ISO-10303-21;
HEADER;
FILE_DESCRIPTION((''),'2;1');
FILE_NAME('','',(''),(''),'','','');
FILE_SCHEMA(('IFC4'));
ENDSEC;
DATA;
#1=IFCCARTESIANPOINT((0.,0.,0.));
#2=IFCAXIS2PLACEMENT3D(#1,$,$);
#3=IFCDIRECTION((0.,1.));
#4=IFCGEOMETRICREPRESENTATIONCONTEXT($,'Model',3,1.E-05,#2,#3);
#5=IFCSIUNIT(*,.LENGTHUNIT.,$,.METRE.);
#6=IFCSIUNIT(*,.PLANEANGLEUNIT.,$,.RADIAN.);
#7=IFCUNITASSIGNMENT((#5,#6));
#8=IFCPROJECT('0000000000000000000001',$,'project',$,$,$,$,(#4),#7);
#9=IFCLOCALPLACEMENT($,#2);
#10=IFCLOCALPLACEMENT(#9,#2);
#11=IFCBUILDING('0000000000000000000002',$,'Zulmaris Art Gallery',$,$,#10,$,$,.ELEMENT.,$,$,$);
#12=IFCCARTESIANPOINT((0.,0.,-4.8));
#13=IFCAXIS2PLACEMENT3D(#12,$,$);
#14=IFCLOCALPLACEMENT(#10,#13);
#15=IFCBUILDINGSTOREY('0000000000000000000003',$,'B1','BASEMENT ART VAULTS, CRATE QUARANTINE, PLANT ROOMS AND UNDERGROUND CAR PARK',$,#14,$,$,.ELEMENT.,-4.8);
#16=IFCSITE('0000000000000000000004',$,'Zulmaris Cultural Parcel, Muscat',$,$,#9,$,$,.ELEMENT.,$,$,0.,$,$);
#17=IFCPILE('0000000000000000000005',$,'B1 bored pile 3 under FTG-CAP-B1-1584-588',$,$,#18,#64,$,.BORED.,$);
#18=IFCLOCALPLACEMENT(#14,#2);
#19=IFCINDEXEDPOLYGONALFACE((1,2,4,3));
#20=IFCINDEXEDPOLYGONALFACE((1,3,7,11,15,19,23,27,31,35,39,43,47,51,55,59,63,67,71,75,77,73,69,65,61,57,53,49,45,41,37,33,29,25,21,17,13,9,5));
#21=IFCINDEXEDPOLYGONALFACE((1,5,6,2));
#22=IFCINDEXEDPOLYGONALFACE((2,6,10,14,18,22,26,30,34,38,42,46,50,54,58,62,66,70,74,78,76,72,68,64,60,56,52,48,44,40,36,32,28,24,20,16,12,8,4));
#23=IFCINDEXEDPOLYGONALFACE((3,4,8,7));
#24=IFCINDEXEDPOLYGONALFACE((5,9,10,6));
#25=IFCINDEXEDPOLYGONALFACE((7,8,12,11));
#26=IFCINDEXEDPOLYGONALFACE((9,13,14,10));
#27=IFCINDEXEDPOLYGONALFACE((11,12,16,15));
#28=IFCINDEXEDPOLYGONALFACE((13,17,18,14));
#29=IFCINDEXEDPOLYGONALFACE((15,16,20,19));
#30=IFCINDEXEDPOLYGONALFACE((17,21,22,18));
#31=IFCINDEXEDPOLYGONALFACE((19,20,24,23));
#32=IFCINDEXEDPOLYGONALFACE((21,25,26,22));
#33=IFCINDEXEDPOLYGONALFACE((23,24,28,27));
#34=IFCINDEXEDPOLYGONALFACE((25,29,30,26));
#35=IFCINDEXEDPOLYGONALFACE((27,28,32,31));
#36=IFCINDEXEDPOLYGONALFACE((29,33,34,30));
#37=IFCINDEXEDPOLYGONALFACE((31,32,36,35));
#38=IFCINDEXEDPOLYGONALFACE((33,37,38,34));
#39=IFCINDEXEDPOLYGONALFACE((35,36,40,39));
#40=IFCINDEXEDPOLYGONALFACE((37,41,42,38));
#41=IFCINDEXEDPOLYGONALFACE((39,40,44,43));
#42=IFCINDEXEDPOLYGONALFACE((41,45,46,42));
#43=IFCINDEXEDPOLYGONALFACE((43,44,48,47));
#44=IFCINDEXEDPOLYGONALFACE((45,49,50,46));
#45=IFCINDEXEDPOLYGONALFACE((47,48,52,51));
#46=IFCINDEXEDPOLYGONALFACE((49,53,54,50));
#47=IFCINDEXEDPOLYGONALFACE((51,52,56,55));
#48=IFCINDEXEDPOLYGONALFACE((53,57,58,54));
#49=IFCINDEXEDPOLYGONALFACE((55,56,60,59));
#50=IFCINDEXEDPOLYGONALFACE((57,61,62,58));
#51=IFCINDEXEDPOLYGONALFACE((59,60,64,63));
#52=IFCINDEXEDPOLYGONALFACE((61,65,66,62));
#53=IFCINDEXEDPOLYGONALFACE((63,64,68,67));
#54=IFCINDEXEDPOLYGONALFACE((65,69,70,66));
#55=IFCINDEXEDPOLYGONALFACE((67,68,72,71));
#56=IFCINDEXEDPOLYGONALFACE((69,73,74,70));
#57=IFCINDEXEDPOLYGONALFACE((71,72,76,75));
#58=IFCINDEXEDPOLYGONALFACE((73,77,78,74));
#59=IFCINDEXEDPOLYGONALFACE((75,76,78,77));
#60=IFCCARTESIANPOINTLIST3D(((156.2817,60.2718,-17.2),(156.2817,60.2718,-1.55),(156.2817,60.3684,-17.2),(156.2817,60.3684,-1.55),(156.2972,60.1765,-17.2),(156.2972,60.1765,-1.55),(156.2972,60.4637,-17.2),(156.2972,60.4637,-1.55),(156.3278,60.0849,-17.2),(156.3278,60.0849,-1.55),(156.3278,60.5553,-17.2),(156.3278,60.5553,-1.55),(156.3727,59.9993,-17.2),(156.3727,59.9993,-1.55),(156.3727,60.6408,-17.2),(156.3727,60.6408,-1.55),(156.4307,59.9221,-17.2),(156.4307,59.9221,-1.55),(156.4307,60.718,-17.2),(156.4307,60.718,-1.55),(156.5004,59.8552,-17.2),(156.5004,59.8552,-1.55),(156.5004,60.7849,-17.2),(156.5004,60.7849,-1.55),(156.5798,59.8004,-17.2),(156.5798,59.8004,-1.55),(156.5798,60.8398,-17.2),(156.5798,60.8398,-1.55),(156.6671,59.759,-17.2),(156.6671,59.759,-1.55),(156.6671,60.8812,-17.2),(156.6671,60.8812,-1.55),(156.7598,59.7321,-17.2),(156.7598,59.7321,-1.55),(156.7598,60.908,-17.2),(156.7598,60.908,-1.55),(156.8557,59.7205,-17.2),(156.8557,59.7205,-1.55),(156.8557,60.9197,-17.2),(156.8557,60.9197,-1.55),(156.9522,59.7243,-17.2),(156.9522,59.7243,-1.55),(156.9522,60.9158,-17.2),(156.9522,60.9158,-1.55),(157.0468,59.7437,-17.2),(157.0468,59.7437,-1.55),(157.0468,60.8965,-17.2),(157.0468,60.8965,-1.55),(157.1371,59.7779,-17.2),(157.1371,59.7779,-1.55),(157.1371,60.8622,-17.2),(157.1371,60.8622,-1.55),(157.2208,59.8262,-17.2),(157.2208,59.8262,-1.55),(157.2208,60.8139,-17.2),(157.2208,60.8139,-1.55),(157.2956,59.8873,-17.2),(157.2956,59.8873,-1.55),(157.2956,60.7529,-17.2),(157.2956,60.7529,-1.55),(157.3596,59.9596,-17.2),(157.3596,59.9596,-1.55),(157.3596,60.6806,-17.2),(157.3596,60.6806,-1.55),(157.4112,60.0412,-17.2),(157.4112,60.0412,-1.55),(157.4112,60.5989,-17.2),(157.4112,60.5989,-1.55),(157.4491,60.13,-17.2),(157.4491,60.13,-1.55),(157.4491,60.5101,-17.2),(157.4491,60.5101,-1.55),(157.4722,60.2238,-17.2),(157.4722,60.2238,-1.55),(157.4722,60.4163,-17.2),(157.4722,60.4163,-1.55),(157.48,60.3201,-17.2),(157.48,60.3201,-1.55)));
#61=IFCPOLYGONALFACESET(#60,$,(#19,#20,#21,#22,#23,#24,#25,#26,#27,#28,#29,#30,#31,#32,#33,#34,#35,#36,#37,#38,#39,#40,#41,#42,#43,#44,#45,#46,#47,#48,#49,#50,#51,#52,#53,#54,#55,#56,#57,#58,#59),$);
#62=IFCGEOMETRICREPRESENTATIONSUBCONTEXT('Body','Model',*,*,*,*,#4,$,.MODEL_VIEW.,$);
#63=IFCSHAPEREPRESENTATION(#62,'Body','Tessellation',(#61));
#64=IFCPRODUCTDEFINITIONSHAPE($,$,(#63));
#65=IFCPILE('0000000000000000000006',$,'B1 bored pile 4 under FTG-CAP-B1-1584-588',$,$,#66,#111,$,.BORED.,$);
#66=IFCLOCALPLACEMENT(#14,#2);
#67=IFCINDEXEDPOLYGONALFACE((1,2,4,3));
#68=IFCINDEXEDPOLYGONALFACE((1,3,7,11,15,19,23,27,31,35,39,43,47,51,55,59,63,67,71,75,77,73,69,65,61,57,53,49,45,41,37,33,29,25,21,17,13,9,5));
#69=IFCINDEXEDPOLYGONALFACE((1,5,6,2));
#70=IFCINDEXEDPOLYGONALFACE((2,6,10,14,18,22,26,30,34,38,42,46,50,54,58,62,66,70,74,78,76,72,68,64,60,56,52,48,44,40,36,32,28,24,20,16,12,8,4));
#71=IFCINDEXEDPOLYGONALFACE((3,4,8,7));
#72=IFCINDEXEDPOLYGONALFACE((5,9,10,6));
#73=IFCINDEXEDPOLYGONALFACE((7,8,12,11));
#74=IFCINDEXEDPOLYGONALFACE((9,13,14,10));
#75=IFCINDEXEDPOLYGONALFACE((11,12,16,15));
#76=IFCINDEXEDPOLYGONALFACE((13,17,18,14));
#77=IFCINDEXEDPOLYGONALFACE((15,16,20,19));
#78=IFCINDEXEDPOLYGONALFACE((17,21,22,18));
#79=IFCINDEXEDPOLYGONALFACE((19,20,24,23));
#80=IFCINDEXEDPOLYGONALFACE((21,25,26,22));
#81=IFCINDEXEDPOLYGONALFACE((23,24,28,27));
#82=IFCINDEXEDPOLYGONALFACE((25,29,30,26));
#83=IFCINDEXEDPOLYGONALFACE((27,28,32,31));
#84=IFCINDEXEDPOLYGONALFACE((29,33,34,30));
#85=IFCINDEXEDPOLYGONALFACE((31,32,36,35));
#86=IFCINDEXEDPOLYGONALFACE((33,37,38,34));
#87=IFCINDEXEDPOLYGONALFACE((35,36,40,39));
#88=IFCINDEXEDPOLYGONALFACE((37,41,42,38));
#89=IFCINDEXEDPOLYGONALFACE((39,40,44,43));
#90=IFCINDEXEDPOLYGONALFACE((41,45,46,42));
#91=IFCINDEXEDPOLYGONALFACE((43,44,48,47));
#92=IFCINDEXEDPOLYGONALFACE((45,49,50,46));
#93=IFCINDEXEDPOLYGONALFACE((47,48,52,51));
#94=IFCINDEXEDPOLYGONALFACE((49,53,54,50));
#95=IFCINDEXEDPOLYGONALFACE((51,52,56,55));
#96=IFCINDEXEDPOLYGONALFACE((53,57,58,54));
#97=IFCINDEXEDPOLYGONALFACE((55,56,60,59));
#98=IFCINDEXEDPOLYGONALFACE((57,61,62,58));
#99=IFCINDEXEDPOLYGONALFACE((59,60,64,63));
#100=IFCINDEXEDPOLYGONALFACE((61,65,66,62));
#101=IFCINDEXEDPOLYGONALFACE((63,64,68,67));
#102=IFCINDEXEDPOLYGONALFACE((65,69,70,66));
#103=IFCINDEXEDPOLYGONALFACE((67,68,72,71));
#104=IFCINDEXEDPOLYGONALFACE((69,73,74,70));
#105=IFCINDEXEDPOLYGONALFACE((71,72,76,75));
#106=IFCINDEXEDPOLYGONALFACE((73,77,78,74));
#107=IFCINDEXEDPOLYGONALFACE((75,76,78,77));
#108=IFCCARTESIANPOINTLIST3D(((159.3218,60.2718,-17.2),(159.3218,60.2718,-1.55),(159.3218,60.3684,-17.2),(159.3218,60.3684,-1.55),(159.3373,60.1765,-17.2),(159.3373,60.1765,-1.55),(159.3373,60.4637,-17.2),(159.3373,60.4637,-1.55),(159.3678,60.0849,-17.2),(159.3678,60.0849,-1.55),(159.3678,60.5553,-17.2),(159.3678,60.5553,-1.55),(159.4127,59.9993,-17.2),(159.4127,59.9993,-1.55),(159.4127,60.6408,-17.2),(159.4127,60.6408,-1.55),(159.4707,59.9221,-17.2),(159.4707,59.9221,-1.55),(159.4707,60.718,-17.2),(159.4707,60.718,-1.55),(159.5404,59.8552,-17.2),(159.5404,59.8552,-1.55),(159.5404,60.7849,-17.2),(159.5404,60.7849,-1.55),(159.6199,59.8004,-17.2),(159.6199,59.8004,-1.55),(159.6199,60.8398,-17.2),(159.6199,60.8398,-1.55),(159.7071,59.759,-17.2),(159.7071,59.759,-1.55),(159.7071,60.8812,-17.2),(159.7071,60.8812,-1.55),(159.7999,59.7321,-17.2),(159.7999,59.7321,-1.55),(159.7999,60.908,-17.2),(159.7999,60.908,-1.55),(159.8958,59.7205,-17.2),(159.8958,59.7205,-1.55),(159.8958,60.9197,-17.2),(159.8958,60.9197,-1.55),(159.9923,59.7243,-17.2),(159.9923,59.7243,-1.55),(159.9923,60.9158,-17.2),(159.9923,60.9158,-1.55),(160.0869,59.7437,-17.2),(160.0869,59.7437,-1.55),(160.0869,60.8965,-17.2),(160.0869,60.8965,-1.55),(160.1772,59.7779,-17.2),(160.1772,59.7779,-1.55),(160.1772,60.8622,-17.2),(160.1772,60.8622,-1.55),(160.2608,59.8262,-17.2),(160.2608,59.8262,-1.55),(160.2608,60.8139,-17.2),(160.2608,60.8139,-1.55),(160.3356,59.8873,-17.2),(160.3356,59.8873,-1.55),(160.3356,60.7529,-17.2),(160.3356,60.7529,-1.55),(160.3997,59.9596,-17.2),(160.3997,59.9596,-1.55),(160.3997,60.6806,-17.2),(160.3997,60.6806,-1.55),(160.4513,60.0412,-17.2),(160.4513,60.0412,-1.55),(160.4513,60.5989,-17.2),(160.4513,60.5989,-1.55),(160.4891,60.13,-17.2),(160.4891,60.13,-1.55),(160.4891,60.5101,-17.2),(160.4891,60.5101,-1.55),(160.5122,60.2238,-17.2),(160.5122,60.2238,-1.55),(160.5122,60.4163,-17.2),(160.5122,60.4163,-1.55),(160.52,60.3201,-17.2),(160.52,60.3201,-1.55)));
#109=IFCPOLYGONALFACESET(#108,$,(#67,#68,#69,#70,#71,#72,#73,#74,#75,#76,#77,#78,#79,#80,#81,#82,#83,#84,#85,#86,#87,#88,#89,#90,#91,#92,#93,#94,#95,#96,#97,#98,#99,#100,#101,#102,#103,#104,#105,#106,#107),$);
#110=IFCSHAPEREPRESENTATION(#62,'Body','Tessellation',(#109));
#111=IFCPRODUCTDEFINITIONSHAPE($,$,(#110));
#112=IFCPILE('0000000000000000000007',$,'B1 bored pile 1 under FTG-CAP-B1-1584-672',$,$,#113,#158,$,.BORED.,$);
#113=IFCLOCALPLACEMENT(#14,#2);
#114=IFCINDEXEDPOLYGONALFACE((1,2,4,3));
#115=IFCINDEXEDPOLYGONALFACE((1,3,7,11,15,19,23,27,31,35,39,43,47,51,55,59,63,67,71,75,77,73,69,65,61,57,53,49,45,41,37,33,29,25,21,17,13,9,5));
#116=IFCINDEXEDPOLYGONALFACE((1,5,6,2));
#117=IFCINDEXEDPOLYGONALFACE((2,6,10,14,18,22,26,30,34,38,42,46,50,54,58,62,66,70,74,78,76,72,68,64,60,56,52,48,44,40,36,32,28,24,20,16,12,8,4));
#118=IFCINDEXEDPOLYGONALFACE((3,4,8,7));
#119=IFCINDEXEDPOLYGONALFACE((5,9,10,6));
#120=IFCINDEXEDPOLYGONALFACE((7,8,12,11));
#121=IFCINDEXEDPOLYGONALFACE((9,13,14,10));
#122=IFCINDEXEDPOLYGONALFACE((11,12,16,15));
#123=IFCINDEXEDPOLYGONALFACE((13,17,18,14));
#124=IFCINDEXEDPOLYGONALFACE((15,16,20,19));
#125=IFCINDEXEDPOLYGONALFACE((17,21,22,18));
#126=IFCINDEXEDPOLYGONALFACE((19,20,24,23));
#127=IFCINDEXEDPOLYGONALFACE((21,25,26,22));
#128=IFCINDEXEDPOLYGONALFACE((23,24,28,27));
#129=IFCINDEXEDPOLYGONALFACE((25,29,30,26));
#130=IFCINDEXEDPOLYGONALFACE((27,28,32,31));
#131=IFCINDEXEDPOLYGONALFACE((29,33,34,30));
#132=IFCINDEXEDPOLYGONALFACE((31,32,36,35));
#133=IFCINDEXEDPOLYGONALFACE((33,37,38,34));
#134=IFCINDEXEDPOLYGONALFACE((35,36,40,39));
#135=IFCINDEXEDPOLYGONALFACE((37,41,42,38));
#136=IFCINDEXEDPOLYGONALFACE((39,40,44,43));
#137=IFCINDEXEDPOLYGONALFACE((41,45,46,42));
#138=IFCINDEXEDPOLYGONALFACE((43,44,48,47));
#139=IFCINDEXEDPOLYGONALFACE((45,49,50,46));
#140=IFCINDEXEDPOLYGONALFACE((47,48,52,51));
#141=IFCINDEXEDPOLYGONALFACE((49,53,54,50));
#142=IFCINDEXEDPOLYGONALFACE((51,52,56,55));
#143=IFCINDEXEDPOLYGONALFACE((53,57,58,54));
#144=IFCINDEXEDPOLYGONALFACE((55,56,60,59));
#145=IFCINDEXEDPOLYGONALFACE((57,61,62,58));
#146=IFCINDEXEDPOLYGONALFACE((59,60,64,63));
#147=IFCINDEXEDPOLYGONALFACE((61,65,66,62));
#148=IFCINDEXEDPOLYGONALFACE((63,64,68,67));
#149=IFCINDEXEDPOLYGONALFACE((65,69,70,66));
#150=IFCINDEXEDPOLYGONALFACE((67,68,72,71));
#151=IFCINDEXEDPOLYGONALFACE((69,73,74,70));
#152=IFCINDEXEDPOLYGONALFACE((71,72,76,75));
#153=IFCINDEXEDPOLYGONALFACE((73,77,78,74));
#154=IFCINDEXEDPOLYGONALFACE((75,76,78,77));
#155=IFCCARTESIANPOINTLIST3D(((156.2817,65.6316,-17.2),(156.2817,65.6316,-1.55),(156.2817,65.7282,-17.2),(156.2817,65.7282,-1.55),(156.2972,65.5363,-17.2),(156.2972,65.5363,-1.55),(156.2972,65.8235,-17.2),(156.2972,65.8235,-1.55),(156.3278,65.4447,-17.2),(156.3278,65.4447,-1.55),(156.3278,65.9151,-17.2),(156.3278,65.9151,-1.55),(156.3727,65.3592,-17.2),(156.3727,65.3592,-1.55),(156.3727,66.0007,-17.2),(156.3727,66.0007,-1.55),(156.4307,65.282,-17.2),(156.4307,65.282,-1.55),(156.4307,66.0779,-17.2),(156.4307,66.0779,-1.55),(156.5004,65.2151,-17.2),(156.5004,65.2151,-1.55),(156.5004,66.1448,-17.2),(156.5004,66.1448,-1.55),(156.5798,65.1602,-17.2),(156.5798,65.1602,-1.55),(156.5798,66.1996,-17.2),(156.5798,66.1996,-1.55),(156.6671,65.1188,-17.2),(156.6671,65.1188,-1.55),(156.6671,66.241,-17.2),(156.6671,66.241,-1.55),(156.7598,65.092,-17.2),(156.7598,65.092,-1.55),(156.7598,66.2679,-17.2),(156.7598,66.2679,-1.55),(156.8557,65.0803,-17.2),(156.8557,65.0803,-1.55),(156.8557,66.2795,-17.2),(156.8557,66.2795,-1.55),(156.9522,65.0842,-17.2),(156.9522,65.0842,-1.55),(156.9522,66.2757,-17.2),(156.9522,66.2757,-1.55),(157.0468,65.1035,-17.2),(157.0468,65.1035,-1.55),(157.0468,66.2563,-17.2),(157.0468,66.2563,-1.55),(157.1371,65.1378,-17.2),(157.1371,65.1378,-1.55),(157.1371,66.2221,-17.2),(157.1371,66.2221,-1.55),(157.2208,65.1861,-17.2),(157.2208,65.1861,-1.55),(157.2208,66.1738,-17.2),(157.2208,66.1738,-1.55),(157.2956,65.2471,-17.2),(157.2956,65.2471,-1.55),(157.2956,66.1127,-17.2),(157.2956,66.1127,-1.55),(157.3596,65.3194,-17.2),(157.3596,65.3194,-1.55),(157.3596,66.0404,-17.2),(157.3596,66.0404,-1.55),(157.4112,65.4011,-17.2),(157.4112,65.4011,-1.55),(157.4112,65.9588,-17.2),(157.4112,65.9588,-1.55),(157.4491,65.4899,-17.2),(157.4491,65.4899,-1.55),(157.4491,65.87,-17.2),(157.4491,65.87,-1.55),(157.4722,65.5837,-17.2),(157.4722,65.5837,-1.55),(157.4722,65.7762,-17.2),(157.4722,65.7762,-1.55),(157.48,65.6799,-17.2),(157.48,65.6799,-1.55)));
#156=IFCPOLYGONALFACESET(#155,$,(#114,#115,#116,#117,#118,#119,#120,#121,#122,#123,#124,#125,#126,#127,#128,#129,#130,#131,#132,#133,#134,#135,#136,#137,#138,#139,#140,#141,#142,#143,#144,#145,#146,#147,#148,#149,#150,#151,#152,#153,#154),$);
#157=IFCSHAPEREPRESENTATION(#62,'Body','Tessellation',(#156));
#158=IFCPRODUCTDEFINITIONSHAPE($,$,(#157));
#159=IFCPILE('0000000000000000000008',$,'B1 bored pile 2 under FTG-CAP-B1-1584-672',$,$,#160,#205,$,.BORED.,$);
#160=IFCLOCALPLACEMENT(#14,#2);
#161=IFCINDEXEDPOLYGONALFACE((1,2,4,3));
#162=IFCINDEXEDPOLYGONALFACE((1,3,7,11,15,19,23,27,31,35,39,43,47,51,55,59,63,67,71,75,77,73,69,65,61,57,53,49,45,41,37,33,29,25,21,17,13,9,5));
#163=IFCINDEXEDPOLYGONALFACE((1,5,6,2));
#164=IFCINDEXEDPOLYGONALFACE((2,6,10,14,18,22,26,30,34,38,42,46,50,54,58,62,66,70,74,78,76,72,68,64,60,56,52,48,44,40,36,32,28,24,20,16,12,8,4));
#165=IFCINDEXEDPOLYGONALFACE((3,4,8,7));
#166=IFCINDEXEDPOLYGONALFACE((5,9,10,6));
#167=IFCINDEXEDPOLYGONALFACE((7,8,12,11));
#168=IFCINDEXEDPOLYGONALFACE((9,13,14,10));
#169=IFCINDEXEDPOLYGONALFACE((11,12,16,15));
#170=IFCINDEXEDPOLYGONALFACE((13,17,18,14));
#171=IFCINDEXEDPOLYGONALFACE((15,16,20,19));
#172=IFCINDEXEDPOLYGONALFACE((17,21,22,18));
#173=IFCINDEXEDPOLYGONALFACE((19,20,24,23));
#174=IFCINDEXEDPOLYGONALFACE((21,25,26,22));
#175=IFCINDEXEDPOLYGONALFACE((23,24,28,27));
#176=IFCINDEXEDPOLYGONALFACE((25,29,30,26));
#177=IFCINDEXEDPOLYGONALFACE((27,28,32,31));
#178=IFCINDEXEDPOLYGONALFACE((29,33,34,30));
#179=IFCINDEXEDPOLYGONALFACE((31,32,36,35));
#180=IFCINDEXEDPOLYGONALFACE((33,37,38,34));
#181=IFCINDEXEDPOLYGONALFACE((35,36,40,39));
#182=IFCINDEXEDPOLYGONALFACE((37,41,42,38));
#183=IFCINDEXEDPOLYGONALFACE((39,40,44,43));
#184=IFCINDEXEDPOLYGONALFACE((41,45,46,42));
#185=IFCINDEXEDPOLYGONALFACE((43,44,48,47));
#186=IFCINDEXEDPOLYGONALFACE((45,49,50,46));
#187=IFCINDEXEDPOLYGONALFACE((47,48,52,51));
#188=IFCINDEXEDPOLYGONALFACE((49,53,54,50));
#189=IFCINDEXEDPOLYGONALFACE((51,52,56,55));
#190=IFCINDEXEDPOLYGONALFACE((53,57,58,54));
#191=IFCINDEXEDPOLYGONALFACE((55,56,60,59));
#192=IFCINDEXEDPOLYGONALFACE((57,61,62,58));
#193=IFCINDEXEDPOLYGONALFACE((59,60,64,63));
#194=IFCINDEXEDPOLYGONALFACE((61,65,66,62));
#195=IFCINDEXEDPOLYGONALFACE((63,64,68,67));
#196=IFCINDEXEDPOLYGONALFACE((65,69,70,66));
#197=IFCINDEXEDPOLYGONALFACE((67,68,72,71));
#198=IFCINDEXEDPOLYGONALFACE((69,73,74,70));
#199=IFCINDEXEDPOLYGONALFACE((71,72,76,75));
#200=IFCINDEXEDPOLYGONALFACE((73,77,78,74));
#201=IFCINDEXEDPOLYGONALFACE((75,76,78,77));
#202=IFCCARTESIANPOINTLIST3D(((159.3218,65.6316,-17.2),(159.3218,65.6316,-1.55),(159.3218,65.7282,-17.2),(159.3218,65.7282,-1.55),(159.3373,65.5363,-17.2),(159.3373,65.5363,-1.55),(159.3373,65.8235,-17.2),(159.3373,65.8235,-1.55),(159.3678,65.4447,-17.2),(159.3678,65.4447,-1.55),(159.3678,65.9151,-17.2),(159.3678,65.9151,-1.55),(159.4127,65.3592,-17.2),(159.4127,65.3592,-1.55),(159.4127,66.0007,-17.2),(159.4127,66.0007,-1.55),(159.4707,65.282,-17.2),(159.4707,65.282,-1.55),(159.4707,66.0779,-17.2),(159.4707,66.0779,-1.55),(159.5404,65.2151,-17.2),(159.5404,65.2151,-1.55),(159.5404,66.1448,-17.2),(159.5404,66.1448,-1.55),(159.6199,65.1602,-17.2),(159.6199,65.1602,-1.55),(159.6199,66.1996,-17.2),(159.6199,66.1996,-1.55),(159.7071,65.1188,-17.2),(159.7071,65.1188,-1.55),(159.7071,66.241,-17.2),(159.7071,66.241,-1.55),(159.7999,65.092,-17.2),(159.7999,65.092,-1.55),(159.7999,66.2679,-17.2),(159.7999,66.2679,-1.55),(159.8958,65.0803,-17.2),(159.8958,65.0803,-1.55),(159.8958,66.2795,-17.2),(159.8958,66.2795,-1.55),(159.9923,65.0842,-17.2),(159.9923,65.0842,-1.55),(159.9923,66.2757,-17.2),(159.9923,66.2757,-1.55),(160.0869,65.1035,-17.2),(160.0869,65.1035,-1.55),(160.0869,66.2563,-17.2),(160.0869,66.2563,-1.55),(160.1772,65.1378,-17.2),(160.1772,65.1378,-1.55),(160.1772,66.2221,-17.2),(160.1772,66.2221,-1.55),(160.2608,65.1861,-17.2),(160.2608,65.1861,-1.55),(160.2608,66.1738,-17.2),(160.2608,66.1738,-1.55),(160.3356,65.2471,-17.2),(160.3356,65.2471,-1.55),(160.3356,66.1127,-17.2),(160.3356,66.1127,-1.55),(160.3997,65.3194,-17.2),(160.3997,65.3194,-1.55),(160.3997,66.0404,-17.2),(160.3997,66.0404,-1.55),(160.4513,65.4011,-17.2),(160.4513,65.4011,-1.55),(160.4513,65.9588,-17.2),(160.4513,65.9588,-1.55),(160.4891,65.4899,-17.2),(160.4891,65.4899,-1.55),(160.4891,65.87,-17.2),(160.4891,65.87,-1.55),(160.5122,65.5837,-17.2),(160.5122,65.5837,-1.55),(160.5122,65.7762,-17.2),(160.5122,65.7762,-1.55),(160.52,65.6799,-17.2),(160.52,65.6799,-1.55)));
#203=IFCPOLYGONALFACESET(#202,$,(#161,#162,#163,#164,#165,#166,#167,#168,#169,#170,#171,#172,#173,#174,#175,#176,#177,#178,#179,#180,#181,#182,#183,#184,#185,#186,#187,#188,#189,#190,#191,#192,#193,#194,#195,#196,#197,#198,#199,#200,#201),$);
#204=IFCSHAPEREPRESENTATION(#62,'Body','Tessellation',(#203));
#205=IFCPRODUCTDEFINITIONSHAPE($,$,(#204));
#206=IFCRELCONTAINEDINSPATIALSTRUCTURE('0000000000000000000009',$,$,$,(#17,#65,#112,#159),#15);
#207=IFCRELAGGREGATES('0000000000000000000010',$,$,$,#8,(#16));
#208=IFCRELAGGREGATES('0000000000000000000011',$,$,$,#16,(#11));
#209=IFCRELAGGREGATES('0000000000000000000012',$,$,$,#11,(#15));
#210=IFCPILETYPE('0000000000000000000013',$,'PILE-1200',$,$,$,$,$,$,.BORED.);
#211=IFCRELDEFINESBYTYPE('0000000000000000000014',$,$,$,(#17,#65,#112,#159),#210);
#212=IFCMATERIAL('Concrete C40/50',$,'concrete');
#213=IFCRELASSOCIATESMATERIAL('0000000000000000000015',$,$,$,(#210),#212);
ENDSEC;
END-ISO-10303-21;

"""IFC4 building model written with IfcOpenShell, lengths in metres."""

from ifc_helpers import new_model, si_unit, direction, frame, origin, origin_2d, place, context, subcontext, project, spatial, circle, extrude, material, material_profile, profile_set, type_object, element, save


model = new_model("IFC4")

# Units and contexts
model_context = context("Model", 3, precision=1e-05, world=origin(), true_north=direction((0.0, 1.0)))
body_context = subcontext(model_context, "Body", "Model", "MODEL_VIEW")
ifc_project = project(units=[si_unit("LENGTHUNIT", "METRE"), si_unit("PLANEANGLEUNIT", "RADIAN")], contexts=[model_context])

# Site, building, storey
site_placement = place(None, origin())
site = spatial("IfcSite", under=ifc_project, at=site_placement, Name="Zulmaris Cultural Parcel, Muscat", CompositionType="ELEMENT", RefElevation=0.0)
building_placement = place(site_placement, origin())
building = spatial("IfcBuilding", under=site, at=building_placement, Name="Zulmaris Art Gallery", CompositionType="ELEMENT")
storey_placement = place(building_placement, frame((0.0, 0.0, -4.8)))
storey = spatial("IfcBuildingStorey", under=building, at=storey_placement, Name="B1", Description="BASEMENT ART VAULTS, CRATE QUARANTINE, PLANT ROOMS AND UNDERGROUND CAR PARK", CompositionType="ELEMENT", Elevation=-4.8)

# Piles
ifc_material_1 = material(Name="Concrete C40/50", Category="concrete")
ifc_material_profile_1 = material_profile(ifc_material_1, circle(Radius=0.6001, at=origin_2d()), Name="PILE DIA 1200")
ifc_profile_set_1 = profile_set([ifc_material_profile_1], Name="Concrete C40/50")
pile_type = type_object("IfcPileType", Name="PILE-1200", PredefinedType="BORED", material=ifc_profile_set_1)
for number, where, z_axis, x_axis, name in (
    (1, (156.8799, 60.3201, -1.55), (0.0, 0.0, -1.0), (1.0, 0.0, 0.0), "B1 bored pile 3 under FTG-CAP-B1-1584-588"),
    (2, (159.9199, 60.3201, -1.55), (0.0, 0.0, -1.0), (1.0, 0.0, 0.0), "B1 bored pile 4 under FTG-CAP-B1-1584-588"),
    (3, (156.8799, 65.6799, -1.55), (0.0, 0.0, -1.0), (1.0, 0.0, 0.0), "B1 bored pile 1 under FTG-CAP-B1-1584-672"),
    (4, (159.9199, 65.6799, -1.55), (0.0, 0.0, -1.0), (1.0, 0.0, 0.0), "B1 bored pile 2 under FTG-CAP-B1-1584-672"),
):
    element("IfcPile", number, at=place(storey_placement, frame(where, z_axis=z_axis, x_axis=x_axis)), inside=storey, type_object=pile_type, Name=name, PredefinedType="BORED", context=body_context, shape_type="SweptSolid", body=[
        extrude(circle(Radius=0.6001, at=origin_2d()), origin(), (0.0, 0.0, 1.0), 15.6499),
    ])

save(model, "model.ifc")
